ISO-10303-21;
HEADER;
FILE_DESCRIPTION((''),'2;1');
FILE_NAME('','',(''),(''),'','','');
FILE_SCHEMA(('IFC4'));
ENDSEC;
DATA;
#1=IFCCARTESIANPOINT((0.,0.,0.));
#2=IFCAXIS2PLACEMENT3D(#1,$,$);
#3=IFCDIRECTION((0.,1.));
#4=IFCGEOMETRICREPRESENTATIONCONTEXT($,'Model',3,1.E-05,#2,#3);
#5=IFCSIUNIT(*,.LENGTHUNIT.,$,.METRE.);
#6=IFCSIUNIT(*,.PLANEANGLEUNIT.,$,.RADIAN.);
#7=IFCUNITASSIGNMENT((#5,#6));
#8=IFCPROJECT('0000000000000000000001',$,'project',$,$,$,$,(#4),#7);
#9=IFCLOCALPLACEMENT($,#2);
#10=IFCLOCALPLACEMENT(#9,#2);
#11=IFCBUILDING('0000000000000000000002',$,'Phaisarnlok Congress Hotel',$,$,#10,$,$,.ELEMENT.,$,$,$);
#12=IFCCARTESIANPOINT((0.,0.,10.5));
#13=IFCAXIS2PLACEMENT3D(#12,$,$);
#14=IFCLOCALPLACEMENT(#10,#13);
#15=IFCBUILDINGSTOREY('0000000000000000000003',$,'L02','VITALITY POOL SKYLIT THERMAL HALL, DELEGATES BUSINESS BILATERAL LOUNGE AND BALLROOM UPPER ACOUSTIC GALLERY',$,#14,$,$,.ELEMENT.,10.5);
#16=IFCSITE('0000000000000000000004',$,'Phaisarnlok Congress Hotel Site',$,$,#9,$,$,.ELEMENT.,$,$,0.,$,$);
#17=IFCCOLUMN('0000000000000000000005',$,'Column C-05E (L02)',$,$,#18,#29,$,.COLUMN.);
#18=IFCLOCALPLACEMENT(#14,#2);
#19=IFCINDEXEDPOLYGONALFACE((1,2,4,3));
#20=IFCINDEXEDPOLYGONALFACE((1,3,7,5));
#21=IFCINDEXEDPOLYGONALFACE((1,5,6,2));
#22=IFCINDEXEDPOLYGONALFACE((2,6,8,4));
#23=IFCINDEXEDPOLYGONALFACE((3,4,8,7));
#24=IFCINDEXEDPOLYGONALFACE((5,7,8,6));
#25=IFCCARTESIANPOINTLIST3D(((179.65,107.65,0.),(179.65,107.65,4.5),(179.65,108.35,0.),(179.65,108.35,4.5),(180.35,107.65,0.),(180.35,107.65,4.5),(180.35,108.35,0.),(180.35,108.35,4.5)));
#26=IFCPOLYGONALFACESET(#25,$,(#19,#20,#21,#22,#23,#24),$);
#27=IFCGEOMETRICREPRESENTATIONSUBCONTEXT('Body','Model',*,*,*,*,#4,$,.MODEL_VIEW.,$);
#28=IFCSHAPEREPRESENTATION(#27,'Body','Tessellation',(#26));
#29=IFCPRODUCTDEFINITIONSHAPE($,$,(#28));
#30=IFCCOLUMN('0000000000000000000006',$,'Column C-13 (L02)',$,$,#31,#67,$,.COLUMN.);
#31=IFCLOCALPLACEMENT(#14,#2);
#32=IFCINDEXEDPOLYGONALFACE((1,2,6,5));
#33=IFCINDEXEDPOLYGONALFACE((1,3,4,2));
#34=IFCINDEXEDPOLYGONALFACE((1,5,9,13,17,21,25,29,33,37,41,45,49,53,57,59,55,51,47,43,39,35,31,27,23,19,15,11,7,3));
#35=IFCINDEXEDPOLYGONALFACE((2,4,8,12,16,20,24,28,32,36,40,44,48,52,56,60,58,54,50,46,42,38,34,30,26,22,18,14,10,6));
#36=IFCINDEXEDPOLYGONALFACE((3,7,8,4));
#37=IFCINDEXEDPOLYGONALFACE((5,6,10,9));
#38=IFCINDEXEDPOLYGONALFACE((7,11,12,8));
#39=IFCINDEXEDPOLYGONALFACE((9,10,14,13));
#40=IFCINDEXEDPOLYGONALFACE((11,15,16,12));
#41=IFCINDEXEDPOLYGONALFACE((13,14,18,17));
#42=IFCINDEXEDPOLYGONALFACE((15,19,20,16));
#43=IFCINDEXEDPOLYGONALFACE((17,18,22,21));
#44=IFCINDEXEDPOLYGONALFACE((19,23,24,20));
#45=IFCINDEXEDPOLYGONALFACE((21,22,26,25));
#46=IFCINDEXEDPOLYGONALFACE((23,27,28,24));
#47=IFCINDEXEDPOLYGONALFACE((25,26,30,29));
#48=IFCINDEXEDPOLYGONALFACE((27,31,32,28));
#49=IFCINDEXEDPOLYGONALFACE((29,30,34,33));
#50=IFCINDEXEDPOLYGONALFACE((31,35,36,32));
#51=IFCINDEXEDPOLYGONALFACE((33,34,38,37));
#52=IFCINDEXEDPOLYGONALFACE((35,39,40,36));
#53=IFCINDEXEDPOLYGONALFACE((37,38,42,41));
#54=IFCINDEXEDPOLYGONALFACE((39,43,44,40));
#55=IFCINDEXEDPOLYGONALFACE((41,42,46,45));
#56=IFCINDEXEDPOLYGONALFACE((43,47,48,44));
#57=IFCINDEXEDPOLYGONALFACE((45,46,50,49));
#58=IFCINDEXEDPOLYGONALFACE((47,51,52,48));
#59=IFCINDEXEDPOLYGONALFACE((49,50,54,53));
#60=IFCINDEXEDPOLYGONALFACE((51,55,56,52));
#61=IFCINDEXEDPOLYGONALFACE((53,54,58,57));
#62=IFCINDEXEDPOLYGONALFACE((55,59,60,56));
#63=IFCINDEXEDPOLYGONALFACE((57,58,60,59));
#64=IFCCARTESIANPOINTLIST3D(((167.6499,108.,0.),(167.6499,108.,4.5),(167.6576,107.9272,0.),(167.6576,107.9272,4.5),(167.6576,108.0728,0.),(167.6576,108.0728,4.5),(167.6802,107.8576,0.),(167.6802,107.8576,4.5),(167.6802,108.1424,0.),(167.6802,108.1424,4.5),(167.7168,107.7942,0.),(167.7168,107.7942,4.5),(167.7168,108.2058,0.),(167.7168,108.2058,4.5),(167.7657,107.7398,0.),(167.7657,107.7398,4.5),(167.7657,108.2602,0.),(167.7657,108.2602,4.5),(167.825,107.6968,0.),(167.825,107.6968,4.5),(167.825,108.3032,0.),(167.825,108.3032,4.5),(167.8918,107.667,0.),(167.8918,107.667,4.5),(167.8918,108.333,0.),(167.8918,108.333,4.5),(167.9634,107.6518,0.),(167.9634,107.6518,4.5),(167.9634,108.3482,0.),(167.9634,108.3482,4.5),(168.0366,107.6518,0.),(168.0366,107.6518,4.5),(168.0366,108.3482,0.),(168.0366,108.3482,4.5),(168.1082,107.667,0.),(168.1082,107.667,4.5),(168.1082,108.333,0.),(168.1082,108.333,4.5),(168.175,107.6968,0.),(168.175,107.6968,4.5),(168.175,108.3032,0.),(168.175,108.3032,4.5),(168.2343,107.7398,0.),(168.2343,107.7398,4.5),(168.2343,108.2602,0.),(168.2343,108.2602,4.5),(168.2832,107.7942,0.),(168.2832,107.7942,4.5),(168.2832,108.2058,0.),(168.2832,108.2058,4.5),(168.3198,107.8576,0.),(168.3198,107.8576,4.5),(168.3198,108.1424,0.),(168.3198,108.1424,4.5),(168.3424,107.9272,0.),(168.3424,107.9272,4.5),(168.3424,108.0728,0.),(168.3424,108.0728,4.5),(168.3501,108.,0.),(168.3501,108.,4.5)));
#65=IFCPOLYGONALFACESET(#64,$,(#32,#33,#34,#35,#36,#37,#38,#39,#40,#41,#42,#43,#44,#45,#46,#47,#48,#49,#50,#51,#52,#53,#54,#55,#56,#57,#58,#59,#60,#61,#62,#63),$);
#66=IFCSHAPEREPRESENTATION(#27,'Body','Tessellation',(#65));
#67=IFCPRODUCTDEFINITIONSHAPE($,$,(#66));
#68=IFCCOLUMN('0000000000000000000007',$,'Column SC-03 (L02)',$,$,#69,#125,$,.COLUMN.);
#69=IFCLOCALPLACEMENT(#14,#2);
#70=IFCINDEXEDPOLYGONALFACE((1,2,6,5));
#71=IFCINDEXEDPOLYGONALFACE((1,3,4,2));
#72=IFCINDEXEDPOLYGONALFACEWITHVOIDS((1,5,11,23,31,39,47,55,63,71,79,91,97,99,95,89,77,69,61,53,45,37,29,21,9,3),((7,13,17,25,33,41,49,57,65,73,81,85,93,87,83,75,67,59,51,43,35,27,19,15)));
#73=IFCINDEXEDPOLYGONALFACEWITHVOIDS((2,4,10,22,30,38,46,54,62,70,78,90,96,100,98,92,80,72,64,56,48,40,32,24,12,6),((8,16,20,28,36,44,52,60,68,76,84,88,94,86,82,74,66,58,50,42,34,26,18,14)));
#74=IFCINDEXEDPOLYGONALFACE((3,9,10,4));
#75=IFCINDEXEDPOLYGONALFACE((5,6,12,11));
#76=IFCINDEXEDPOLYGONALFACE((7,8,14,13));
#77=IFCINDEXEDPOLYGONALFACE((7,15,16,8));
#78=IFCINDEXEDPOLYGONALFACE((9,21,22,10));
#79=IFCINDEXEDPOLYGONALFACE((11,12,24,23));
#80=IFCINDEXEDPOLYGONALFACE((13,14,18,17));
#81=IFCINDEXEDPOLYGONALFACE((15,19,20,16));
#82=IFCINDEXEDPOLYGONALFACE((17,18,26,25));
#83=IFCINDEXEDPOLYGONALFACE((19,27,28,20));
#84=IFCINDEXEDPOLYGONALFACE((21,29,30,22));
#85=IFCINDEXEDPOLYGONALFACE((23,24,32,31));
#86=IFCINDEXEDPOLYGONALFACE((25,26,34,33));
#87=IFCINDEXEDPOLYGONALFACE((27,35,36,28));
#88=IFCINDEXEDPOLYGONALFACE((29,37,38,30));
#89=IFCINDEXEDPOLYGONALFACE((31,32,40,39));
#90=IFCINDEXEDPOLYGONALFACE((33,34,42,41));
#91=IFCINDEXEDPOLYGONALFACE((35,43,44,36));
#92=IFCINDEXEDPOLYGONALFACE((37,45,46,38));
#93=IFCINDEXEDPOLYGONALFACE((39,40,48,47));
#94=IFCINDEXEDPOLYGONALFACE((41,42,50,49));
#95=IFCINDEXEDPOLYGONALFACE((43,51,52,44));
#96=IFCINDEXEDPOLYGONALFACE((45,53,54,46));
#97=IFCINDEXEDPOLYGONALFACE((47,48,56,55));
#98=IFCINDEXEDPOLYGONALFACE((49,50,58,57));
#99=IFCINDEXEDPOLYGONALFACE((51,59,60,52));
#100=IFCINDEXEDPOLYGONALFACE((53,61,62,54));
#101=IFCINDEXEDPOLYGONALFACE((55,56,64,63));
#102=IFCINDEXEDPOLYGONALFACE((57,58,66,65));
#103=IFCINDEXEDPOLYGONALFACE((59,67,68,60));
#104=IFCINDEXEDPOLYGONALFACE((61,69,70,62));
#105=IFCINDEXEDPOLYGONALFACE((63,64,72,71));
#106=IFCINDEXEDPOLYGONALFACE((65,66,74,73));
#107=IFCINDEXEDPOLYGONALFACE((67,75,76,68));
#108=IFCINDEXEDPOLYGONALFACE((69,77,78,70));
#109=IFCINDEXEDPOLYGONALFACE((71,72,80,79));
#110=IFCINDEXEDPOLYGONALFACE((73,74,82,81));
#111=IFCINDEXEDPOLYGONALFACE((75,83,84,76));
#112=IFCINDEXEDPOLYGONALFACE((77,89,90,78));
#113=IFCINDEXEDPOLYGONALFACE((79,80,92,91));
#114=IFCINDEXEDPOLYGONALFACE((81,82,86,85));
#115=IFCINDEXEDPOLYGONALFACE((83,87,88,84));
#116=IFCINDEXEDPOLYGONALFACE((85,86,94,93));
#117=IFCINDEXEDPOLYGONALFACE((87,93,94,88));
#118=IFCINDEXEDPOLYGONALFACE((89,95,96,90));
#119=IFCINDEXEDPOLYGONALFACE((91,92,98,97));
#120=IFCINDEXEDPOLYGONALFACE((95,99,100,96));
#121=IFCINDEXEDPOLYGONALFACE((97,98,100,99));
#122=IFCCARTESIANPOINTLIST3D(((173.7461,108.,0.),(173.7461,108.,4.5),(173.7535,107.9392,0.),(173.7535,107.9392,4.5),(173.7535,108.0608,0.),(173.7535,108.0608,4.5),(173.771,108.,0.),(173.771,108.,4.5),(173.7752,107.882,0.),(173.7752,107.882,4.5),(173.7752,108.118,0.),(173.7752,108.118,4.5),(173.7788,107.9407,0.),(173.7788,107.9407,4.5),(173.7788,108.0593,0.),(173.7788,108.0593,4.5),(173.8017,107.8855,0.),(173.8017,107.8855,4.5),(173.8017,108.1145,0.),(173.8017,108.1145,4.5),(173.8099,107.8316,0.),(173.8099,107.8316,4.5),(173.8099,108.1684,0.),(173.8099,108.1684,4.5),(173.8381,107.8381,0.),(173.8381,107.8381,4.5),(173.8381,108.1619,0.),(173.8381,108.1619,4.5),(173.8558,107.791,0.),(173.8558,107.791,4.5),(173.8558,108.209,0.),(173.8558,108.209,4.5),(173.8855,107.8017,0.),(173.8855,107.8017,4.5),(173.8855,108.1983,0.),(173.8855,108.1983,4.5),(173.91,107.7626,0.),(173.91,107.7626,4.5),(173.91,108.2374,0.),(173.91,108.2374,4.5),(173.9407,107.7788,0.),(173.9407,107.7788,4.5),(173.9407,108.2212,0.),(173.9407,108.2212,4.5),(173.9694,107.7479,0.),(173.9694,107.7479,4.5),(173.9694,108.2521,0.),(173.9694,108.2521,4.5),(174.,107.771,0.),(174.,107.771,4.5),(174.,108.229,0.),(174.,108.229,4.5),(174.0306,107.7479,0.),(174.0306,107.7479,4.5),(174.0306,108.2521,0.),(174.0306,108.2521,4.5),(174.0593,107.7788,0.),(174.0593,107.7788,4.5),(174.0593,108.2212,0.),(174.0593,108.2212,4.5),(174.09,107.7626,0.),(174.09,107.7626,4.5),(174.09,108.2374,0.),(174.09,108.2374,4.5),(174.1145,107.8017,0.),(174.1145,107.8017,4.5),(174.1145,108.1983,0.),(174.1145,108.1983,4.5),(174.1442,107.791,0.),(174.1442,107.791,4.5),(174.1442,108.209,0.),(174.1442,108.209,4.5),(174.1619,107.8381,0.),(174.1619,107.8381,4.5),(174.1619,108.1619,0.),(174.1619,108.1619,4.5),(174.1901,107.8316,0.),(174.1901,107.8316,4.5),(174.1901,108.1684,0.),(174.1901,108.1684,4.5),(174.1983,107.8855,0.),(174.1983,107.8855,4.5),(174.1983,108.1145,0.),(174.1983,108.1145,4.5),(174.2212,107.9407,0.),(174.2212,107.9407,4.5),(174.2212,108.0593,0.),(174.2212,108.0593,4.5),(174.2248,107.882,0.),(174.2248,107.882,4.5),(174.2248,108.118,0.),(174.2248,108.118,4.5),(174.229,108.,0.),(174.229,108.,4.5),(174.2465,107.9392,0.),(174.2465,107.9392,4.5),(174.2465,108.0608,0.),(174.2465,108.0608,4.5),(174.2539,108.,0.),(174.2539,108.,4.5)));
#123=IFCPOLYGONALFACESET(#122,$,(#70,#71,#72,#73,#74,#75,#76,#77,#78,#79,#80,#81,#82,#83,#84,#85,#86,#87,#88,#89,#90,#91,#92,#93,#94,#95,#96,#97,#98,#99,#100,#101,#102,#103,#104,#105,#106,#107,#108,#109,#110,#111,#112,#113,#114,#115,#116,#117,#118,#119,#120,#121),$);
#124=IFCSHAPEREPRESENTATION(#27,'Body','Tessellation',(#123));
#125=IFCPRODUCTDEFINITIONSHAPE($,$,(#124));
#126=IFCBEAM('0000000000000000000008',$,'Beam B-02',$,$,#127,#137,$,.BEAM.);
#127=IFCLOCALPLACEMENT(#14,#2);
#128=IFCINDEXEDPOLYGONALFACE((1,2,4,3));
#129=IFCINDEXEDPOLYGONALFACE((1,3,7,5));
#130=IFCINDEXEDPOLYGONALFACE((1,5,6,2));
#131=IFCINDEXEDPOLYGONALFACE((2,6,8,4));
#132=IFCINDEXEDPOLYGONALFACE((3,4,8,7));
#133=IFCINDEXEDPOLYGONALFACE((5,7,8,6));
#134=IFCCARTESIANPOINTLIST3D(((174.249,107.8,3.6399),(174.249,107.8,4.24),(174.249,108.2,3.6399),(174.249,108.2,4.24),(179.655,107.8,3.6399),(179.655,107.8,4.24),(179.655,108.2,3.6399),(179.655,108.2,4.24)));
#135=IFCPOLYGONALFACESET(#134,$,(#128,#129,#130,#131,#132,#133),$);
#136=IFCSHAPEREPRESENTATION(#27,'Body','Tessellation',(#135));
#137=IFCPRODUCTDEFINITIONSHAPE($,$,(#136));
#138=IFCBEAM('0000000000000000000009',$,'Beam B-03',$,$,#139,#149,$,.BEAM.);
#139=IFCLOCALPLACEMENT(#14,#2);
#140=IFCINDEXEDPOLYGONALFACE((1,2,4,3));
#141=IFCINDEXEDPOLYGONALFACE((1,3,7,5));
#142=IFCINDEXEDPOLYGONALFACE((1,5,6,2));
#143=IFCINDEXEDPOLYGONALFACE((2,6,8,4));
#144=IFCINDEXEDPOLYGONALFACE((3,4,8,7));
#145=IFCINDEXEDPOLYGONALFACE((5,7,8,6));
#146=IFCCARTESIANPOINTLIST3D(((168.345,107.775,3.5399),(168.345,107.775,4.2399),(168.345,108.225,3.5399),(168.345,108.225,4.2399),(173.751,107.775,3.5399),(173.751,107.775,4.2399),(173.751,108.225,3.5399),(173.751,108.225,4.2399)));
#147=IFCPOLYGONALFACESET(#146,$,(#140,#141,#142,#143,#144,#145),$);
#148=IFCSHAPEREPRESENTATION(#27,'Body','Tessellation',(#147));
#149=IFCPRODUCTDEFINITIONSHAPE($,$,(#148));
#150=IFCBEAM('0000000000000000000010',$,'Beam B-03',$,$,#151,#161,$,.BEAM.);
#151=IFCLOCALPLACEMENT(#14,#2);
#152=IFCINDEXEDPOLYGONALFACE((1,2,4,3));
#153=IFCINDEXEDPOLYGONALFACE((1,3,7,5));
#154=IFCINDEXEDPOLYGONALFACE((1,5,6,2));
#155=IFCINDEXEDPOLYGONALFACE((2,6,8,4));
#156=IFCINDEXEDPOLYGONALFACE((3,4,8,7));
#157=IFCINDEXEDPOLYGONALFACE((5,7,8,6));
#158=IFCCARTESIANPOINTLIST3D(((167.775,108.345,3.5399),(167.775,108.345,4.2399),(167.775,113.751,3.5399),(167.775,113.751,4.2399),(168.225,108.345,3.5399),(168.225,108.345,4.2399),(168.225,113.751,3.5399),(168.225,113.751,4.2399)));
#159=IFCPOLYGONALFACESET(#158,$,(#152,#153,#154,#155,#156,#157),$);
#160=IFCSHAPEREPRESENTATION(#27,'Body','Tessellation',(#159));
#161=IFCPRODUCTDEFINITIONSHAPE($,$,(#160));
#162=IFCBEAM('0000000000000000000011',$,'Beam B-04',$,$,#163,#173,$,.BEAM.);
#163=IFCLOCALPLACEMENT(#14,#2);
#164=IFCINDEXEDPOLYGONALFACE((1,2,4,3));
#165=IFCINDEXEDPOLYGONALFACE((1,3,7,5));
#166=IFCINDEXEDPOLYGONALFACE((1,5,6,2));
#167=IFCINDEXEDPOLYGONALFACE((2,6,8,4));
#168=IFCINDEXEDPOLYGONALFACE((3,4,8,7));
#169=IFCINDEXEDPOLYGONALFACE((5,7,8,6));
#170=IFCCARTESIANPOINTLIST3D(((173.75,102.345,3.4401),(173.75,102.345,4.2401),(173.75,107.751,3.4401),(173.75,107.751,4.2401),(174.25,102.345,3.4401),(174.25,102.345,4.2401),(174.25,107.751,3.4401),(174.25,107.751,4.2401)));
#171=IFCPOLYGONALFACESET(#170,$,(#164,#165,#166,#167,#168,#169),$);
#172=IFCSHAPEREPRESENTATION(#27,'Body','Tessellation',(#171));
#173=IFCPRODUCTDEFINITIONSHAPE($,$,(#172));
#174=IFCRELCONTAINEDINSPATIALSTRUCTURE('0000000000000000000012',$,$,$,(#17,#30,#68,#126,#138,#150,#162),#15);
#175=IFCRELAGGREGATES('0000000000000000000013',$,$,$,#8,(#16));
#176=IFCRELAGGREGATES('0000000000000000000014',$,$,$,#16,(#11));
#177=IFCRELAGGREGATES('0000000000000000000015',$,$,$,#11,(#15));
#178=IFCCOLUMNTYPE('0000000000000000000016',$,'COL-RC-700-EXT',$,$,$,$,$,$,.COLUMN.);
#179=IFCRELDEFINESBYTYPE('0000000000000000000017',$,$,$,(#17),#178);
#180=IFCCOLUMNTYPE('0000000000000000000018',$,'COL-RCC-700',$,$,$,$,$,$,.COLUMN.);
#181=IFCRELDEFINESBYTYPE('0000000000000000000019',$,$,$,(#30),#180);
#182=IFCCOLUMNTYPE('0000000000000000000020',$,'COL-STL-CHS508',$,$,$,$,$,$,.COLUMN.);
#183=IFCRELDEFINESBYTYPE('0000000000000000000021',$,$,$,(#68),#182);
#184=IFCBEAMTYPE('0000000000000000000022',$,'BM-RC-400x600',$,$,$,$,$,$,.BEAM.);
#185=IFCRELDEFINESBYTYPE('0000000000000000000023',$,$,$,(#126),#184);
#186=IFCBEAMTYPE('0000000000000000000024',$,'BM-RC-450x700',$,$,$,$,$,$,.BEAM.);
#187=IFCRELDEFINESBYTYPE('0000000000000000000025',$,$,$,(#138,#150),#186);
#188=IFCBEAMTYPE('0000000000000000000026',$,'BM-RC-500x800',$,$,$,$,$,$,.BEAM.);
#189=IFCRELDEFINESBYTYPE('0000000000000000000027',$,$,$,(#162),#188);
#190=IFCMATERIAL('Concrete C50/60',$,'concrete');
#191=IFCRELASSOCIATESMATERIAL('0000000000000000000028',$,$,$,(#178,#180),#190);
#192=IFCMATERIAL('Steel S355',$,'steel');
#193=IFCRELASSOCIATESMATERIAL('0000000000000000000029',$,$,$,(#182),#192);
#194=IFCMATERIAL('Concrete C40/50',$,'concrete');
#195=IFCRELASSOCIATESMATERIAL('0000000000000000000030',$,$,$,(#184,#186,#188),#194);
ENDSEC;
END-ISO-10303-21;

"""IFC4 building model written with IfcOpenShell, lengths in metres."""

from ifc_helpers import new_model, si_unit, direction, frame, origin, origin_2d, place, context, subcontext, project, spatial, rectangle, circle, hollow_circle, extrude, material, material_profile, profile_set, type_object, element, save


model = new_model("IFC4")

# Units and contexts
model_context = context("Model", 3, precision=1e-05, world=origin(), true_north=direction((0.0, 1.0)))
body_context = subcontext(model_context, "Body", "Model", "MODEL_VIEW")
ifc_project = project(units=[si_unit("LENGTHUNIT", "METRE"), si_unit("PLANEANGLEUNIT", "RADIAN")], contexts=[model_context])

# Site, building, storey
site_placement = place(None, origin())
site = spatial("IfcSite", under=ifc_project, at=site_placement, Name="Phaisarnlok Congress Hotel Site", CompositionType="ELEMENT", RefElevation=0.0)
building_placement = place(site_placement, origin())
building = spatial("IfcBuilding", under=site, at=building_placement, Name="Phaisarnlok Congress Hotel", CompositionType="ELEMENT")
storey_placement = place(building_placement, frame((0.0, 0.0, 10.5)))
storey = spatial("IfcBuildingStorey", under=building, at=storey_placement, Name="L02", Description="VITALITY POOL SKYLIT THERMAL HALL, DELEGATES BUSINESS BILATERAL LOUNGE AND BALLROOM UPPER ACOUSTIC GALLERY", CompositionType="ELEMENT", Elevation=10.5)

# Columns
ifc_material_1 = material(Name="Concrete C50/60", Category="concrete")
ifc_material_profile_1 = material_profile(ifc_material_1, rectangle(XDim=0.7, YDim=0.7, at=origin_2d()), Name="RC 700x700")
ifc_profile_set_1 = profile_set([ifc_material_profile_1], Name="Concrete C50/60")
column_type_1 = type_object("IfcColumnType", Name="COL-RC-700-EXT", PredefinedType="COLUMN", material=ifc_profile_set_1)
column_1_placement = place(storey_placement, frame((180.0, 108.0, 0.0), z_axis=(0.0, 0.0, 1.0), x_axis=(1.0, 0.0, 0.0)))
element("IfcColumn", 1, at=column_1_placement, inside=storey, type_object=column_type_1, Name="Column C-05E (L02)", PredefinedType="COLUMN", context=body_context, shape_type="SweptSolid", body=[
    extrude(rectangle(XDim=0.7, YDim=0.7, at=origin_2d()), origin(), (0.0, 0.0, 1.0), 4.5),
])
ifc_material_profile_2 = material_profile(ifc_material_1, circle(Radius=0.3501, at=origin_2d()), Name="RCC D700")
ifc_profile_set_2 = profile_set([ifc_material_profile_2], Name="Concrete C50/60")
column_type_2 = type_object("IfcColumnType", Name="COL-RCC-700", PredefinedType="COLUMN", material=ifc_profile_set_2)
column_2_placement = place(storey_placement, frame((168.0, 108.0, 0.0), z_axis=(0.0, 0.0, 1.0), x_axis=(1.0, 0.0, 0.0)))
element("IfcColumn", 2, at=column_2_placement, inside=storey, type_object=column_type_2, Name="Column C-13 (L02)", PredefinedType="COLUMN", context=body_context, shape_type="SweptSolid", body=[
    extrude(circle(Radius=0.3501, at=origin_2d()), origin(), (0.0, 0.0, 1.0), 4.5),
])
ifc_material_2 = material(Name="Steel S355", Category="steel")
ifc_material_profile_3 = material_profile(ifc_material_2, hollow_circle(Radius=0.2539, WallThickness=0.0249, at=origin_2d()), Name="CHS 508x25")
ifc_profile_set_3 = profile_set([ifc_material_profile_3], Name="Steel S355")
column_type_3 = type_object("IfcColumnType", Name="COL-STL-CHS508", PredefinedType="COLUMN", material=ifc_profile_set_3)
column_3_placement = place(storey_placement, frame((174.0, 108.0, 0.0), z_axis=(0.0, 0.0, 1.0), x_axis=(1.0, 0.0, 0.0)))
element("IfcColumn", 3, at=column_3_placement, inside=storey, type_object=column_type_3, Name="Column SC-03 (L02)", PredefinedType="COLUMN", context=body_context, shape_type="SweptSolid", body=[
    extrude(hollow_circle(Radius=0.2539, WallThickness=0.0249, at=origin_2d()), origin(), (0.0, 0.0, 1.0), 4.5),
])

# Beams
ifc_material_3 = material(Name="Concrete C40/50", Category="concrete")
ifc_material_profile_4 = material_profile(ifc_material_3, rectangle(XDim=0.3999, YDim=0.6001, at=origin_2d()), Name="RC 400x600")
ifc_profile_set_4 = profile_set([ifc_material_profile_4], Name="Concrete C40/50")
beam_type_1 = type_object("IfcBeamType", Name="BM-RC-400x600", PredefinedType="BEAM", material=ifc_profile_set_4)
beam_1_placement = place(storey_placement, frame((174.249, 108.0, 3.9399), z_axis=(1.0, 0.0, 0.0), x_axis=(0.0, 1.0, 0.0)))
element("IfcBeam", 4, at=beam_1_placement, inside=storey, type_object=beam_type_1, Name="Beam B-02", PredefinedType="BEAM", context=body_context, shape_type="SweptSolid", body=[
    extrude(rectangle(XDim=0.3999, YDim=0.6001, at=origin_2d()), origin(), (0.0, 0.0, 1.0), 5.406),
])
ifc_material_profile_5 = material_profile(ifc_material_3, rectangle(XDim=0.45, YDim=0.7, at=origin_2d()), Name="RC 450x700")
ifc_profile_set_5 = profile_set([ifc_material_profile_5], Name="Concrete C40/50")
beam_type_2 = type_object("IfcBeamType", Name="BM-RC-450x700", PredefinedType="BEAM", material=ifc_profile_set_5)
for number, where, z_axis, x_axis, name in (
    (5, (168.345, 108.0, 3.8899), (1.0, 0.0, 0.0), (0.0, 1.0, 0.0), "Beam B-03"),
    (6, (168.0, 108.345, 3.8899), (0.0, 1.0, 0.0), (-1.0, 0.0, 0.0), "Beam B-03"),
):
    element("IfcBeam", number, at=place(storey_placement, frame(where, z_axis=z_axis, x_axis=x_axis)), inside=storey, type_object=beam_type_2, Name=name, PredefinedType="BEAM", context=body_context, shape_type="SweptSolid", body=[
        extrude(rectangle(XDim=0.45, YDim=0.7, at=origin_2d()), origin(), (0.0, 0.0, 1.0), 5.406),
    ])
ifc_material_profile_6 = material_profile(ifc_material_3, rectangle(XDim=0.5, YDim=0.8, at=origin_2d()), Name="RC 500x800")
ifc_profile_set_6 = profile_set([ifc_material_profile_6], Name="Concrete C40/50")
beam_type_3 = type_object("IfcBeamType", Name="BM-RC-500x800", PredefinedType="BEAM", material=ifc_profile_set_6)
beam_2_placement = place(storey_placement, frame((174.0, 102.345, 3.8401), z_axis=(0.0, 1.0, 0.0), x_axis=(-1.0, 0.0, 0.0)))
element("IfcBeam", 7, at=beam_2_placement, inside=storey, type_object=beam_type_3, Name="Beam B-04", PredefinedType="BEAM", context=body_context, shape_type="SweptSolid", body=[
    extrude(rectangle(XDim=0.5, YDim=0.8, at=origin_2d()), origin(), (0.0, 0.0, 1.0), 5.406),
])

save(model, "model.ifc")
